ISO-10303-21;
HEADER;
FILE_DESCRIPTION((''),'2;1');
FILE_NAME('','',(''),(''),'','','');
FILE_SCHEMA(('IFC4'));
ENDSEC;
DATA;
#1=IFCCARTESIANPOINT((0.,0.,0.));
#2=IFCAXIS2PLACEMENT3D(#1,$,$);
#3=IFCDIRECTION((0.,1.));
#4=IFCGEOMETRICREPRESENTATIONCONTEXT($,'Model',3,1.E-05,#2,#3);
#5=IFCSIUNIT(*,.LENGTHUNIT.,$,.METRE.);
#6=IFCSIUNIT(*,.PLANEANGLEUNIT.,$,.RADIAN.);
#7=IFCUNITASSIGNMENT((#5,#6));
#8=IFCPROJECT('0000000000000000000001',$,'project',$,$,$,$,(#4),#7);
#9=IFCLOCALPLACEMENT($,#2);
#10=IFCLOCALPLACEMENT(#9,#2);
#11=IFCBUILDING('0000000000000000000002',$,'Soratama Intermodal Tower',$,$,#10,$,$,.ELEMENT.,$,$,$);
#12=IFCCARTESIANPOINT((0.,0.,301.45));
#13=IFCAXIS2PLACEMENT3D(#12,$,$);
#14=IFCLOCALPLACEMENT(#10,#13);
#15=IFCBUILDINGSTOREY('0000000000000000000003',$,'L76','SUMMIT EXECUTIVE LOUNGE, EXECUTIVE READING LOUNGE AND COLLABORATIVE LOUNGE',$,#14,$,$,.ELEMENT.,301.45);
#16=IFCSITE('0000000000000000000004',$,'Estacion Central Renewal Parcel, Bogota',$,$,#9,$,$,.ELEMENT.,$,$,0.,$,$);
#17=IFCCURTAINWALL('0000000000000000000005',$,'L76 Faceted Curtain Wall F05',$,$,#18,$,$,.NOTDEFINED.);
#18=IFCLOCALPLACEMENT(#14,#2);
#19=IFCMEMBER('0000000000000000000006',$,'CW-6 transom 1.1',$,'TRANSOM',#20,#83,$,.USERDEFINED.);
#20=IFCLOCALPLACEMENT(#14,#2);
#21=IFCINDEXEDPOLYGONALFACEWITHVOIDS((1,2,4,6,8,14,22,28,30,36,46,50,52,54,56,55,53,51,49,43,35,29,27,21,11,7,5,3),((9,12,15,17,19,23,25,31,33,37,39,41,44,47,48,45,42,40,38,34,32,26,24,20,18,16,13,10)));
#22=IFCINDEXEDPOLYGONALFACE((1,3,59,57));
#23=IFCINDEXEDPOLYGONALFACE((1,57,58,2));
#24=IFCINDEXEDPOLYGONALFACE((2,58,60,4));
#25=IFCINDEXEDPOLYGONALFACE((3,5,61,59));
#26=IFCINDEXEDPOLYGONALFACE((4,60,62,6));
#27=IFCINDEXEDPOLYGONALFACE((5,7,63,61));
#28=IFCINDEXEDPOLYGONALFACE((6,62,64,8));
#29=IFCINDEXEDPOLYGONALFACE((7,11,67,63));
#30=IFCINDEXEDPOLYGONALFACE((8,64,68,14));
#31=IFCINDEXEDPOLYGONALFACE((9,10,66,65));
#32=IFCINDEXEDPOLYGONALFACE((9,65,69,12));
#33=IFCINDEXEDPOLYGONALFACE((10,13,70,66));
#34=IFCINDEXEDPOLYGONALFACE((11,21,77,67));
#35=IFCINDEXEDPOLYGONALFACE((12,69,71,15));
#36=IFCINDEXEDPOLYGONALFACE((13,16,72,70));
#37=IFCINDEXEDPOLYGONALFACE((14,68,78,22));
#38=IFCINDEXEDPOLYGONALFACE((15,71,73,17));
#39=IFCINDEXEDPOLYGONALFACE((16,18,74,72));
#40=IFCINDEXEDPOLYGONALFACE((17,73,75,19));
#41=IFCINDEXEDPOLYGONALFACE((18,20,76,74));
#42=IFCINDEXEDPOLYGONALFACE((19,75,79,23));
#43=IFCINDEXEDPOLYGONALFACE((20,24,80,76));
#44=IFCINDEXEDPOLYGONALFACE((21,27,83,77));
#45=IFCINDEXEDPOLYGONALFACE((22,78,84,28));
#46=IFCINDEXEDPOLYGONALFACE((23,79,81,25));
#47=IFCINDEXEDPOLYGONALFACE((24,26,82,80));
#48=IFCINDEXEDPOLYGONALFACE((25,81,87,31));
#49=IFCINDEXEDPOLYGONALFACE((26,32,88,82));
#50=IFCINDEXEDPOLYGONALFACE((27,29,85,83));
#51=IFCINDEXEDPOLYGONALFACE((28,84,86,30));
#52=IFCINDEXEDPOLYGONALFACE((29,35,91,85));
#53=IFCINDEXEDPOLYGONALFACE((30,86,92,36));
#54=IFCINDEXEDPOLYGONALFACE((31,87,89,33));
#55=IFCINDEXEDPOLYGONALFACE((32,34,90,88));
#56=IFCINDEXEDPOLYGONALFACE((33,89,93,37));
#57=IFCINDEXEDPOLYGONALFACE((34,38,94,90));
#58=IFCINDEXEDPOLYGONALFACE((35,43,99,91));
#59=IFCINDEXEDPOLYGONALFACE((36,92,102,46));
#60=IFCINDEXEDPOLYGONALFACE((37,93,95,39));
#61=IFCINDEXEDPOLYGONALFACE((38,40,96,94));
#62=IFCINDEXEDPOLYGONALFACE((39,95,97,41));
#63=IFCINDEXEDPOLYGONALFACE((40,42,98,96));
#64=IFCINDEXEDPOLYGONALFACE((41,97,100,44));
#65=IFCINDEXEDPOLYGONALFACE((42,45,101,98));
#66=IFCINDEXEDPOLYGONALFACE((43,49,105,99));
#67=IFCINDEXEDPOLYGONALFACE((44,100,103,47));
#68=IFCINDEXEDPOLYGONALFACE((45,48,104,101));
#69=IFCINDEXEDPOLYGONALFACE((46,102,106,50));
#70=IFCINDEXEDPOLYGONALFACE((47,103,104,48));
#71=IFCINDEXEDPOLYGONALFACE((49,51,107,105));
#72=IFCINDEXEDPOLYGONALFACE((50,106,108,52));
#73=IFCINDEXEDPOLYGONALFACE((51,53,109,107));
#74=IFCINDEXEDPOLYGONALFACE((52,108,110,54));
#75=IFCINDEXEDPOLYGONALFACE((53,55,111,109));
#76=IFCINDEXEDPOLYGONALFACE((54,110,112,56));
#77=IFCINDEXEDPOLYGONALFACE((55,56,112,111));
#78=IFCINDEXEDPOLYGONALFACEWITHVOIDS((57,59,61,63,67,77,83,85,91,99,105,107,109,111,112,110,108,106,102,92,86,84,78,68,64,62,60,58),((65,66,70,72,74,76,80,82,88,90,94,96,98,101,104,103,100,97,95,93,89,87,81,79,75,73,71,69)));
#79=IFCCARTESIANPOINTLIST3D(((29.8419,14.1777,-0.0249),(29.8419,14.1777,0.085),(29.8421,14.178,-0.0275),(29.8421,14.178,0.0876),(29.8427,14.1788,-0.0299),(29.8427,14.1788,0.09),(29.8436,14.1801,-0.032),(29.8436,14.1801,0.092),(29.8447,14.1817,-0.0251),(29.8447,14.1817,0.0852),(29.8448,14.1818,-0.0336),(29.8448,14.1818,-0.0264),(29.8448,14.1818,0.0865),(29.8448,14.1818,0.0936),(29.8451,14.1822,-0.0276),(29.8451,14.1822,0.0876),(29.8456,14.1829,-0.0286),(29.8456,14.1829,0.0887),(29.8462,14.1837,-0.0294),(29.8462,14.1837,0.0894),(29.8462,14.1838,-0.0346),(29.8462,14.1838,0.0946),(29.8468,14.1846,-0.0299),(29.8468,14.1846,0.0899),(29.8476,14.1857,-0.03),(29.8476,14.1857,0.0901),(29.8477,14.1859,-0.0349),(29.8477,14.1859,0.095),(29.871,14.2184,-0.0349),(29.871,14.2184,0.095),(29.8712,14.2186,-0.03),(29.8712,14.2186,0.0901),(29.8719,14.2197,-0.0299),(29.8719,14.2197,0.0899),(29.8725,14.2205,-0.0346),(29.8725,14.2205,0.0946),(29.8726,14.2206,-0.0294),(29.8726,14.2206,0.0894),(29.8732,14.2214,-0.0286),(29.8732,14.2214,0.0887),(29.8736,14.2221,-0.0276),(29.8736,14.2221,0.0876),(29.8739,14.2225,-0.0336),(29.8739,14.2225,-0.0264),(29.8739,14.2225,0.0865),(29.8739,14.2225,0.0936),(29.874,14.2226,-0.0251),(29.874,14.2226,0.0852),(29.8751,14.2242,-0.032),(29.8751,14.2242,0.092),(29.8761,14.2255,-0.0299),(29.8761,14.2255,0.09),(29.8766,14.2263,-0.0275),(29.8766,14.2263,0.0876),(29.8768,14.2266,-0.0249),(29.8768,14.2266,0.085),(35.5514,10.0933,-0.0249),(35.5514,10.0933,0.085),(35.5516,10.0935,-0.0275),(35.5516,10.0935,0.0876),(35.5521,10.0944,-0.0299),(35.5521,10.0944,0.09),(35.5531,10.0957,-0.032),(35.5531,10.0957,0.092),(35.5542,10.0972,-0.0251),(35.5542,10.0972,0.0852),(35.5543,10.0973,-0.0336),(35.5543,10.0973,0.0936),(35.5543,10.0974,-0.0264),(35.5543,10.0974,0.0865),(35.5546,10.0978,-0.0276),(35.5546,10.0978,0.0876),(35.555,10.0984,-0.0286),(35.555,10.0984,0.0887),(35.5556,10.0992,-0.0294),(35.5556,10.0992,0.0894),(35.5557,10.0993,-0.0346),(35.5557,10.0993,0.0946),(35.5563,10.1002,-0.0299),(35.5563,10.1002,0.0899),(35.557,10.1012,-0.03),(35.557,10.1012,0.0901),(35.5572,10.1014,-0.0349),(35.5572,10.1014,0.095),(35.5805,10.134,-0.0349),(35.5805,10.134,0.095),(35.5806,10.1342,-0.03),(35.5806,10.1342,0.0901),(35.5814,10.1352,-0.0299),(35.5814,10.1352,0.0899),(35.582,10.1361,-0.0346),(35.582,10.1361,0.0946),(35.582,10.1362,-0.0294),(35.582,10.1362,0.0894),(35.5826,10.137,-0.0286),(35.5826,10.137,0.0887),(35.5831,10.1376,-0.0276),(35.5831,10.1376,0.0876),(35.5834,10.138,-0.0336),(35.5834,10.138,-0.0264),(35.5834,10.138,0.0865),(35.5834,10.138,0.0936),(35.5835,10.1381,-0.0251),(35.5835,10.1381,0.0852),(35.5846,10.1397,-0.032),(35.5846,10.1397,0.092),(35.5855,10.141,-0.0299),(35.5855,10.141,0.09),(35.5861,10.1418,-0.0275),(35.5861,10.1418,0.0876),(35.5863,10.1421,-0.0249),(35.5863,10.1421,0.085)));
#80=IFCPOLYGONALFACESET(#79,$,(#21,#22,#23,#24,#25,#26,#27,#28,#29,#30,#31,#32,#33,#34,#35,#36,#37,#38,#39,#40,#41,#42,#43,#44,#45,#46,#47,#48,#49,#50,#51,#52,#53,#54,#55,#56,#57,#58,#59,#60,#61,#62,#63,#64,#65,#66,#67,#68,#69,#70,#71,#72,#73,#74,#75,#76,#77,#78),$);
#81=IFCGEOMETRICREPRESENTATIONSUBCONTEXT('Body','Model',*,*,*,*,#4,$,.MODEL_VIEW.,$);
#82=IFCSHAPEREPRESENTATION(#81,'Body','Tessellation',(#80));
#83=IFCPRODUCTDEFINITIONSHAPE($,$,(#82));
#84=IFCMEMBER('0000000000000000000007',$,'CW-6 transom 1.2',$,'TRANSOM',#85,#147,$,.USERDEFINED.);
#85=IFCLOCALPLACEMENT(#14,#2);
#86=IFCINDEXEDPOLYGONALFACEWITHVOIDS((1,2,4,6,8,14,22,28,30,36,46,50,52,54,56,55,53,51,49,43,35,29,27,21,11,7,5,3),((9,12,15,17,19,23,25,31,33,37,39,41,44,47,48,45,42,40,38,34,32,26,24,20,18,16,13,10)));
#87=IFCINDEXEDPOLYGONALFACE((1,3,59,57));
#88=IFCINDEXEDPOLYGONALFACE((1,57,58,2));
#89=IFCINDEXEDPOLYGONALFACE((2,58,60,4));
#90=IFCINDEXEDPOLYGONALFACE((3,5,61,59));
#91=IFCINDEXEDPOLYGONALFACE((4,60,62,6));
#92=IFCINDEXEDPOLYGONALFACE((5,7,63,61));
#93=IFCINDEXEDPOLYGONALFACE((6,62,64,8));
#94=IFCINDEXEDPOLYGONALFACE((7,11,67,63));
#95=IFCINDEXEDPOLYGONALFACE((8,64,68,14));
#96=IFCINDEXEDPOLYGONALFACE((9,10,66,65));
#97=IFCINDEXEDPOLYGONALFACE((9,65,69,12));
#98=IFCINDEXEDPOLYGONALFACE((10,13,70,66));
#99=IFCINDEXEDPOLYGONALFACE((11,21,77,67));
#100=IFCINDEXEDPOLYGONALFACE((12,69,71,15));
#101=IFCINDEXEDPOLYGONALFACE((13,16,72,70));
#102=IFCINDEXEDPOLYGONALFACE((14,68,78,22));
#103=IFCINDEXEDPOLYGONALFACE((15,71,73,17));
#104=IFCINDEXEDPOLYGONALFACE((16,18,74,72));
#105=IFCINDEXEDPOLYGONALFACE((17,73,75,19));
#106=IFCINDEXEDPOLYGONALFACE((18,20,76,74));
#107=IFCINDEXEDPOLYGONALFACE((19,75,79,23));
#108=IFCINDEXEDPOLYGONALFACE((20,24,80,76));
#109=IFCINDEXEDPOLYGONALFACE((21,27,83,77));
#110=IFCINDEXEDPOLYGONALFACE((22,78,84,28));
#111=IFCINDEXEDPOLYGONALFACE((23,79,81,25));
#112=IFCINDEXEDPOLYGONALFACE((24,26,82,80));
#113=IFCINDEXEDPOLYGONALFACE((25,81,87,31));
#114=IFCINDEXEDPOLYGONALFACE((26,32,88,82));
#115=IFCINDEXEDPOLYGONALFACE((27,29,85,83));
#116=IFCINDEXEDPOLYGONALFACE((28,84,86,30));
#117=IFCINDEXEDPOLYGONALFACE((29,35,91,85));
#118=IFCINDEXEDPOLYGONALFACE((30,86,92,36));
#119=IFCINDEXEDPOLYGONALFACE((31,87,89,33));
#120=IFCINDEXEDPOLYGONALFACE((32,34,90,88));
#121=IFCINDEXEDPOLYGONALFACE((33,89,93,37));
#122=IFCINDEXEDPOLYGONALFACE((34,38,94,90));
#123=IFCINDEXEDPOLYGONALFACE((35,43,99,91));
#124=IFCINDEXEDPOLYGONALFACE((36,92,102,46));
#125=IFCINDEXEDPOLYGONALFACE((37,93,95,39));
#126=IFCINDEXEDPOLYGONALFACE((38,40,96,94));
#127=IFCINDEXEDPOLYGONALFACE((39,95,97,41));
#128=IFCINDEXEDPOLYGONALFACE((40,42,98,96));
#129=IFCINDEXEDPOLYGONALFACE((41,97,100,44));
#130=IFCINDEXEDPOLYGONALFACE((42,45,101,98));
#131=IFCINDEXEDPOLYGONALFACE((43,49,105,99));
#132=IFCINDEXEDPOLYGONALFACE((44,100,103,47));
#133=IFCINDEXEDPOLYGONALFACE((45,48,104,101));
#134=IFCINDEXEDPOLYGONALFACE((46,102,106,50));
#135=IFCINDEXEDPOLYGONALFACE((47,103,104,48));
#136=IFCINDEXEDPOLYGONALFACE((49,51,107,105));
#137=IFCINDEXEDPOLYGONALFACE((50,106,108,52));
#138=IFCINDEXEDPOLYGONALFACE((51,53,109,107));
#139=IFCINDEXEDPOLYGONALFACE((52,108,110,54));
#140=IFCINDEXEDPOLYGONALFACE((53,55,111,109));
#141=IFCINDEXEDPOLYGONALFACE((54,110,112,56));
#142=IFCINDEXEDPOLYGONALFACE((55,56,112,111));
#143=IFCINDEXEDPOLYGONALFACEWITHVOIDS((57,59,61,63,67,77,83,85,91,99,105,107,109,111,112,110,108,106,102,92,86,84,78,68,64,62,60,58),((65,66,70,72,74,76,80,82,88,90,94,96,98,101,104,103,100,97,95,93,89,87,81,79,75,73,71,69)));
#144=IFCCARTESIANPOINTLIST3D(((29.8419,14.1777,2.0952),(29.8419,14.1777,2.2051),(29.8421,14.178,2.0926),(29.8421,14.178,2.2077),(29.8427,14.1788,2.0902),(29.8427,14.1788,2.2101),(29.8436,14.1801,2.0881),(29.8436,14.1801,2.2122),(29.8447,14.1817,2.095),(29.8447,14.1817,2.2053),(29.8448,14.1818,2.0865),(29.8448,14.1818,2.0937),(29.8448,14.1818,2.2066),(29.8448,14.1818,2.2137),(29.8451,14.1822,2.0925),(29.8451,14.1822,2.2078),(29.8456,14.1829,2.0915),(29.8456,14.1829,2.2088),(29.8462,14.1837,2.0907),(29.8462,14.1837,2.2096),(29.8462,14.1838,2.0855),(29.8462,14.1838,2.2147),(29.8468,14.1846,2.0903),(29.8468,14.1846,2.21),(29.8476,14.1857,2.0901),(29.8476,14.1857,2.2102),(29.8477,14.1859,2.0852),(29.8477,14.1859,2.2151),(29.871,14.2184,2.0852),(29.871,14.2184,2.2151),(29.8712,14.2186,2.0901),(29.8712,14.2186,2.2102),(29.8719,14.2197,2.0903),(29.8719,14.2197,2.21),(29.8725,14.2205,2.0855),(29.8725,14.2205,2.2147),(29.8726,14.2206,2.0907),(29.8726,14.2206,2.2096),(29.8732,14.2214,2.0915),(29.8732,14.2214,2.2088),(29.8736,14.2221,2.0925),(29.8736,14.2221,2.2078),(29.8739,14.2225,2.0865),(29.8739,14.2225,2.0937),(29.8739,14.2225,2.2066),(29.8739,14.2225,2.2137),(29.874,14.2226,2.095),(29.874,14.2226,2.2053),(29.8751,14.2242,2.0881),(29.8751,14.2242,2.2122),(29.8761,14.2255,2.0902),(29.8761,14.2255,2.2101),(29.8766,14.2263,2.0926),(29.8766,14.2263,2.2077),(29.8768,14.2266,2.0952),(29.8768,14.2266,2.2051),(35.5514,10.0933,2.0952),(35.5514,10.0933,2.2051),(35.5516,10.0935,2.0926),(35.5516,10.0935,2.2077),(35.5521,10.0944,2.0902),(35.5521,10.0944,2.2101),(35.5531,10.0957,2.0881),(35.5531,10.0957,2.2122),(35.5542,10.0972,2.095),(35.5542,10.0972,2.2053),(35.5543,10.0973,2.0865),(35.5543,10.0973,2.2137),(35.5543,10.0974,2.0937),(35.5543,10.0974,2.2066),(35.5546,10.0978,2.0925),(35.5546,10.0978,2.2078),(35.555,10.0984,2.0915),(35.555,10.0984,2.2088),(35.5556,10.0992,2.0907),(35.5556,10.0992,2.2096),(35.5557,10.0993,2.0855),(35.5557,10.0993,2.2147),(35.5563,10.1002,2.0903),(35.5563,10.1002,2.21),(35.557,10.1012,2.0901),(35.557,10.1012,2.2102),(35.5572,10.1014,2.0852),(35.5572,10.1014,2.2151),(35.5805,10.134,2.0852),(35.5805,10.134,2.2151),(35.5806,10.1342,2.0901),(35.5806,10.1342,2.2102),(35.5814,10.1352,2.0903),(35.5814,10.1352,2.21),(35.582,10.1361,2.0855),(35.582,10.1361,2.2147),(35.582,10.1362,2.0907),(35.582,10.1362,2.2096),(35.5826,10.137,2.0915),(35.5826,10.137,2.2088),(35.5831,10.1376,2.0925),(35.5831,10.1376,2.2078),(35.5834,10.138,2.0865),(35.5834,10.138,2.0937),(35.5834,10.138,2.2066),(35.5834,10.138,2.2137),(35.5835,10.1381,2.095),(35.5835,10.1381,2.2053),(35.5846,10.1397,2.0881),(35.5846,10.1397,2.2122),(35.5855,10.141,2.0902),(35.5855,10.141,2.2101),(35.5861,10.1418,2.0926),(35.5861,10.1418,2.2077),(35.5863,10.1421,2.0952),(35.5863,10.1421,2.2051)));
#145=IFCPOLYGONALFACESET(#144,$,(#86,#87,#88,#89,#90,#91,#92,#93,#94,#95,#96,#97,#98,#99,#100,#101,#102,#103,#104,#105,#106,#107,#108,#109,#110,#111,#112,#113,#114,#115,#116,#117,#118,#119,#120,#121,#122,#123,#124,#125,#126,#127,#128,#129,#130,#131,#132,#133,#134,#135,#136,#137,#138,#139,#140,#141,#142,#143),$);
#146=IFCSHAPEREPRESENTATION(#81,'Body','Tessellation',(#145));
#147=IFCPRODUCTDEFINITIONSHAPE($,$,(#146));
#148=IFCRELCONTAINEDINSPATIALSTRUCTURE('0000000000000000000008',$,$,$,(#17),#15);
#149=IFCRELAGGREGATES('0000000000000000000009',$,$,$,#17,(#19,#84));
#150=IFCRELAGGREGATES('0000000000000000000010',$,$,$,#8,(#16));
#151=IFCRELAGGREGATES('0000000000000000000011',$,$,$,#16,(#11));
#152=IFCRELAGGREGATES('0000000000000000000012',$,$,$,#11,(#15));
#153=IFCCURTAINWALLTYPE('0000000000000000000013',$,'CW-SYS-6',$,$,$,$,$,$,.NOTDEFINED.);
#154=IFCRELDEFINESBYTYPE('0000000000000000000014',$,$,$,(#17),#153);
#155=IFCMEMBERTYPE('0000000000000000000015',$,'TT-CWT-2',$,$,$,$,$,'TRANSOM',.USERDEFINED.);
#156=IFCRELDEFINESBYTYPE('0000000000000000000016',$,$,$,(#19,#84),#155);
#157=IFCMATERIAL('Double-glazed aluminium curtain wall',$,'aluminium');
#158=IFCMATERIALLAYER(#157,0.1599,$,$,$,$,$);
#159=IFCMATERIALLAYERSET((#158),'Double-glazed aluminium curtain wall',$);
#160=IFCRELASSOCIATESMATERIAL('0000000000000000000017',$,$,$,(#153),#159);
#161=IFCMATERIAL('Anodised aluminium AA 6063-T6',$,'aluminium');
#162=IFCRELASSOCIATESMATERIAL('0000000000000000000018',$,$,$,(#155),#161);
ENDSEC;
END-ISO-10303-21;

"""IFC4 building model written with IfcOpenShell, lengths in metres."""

from ifc_helpers import new_model, si_unit, direction, frame, origin, origin_2d, place, context, subcontext, project, spatial, hollow_rectangle, extrude, material, layer, layer_set, material_profile, profile_set, type_object, element, aggregate, save


model = new_model("IFC4")

# Units and contexts
model_context = context("Model", 3, precision=1e-05, world=origin(), true_north=direction((0.0, 1.0)))
body_context = subcontext(model_context, "Body", "Model", "MODEL_VIEW")
ifc_project = project(units=[si_unit("LENGTHUNIT", "METRE"), si_unit("PLANEANGLEUNIT", "RADIAN")], contexts=[model_context])

# Site, building, storey
site_placement = place(None, origin())
site = spatial("IfcSite", under=ifc_project, at=site_placement, Name="Estacion Central Renewal Parcel, Bogota", CompositionType="ELEMENT", RefElevation=0.0)
building_placement = place(site_placement, origin())
building = spatial("IfcBuilding", under=site, at=building_placement, Name="Soratama Intermodal Tower", CompositionType="ELEMENT")
storey_placement = place(building_placement, frame((0.0, 0.0, 301.45)))
storey = spatial("IfcBuildingStorey", under=building, at=storey_placement, Name="L76", Description="SUMMIT EXECUTIVE LOUNGE, EXECUTIVE READING LOUNGE AND COLLABORATIVE LOUNGE", CompositionType="ELEMENT", Elevation=301.45)

# Shared definitions
ifc_material_1 = material(Name="Double-glazed aluminium curtain wall", Category="aluminium")
ifc_layer_1 = layer(ifc_material_1, 0.1599)
ifc_layer_set_1 = layer_set([ifc_layer_1], Name="Double-glazed aluminium curtain wall")
curtain_wall_type = type_object("IfcCurtainWallType", Name="CW-SYS-6", PredefinedType="NOTDEFINED", material=ifc_layer_set_1)

# Curtain wall
curtain_wall_1_placement = place(storey_placement, origin())
curtain_wall_1 = element("IfcCurtainWall", 1, at=curtain_wall_1_placement, inside=storey, type_object=curtain_wall_type, Name="L76 Faceted Curtain Wall F05", PredefinedType="NOTDEFINED")

# Members
ifc_material_2 = material(Name="Anodised aluminium AA 6063-T6", Category="aluminium")
ifc_material_profile_1 = material_profile(ifc_material_2, hollow_rectangle(XDim=0.0601, YDim=0.1299, WallThickness=0.0049, InnerFilletRadius=0.0049, OuterFilletRadius=0.01, at=origin_2d()), Name="CWT130X60X5")
ifc_profile_set_1 = profile_set([ifc_material_profile_1], Name="Anodised aluminium AA 6063-T6")
member_type_1 = type_object("IfcMemberType", Name="TT-CWT-2", ElementType="TRANSOM", PredefinedType="USERDEFINED", material=ifc_profile_set_1)
member_1_placement = place(storey_placement, frame((29.8594, 14.2021, 0.03), z_axis=(0.81331, -0.58183, 0.0), x_axis=(0.58183, 0.81331, 0.0)))
member_1 = element("IfcMember", 2, at=member_1_placement, type_object=member_type_1, Name="CW-6 transom 1.1", ObjectType="TRANSOM", PredefinedType="USERDEFINED", context=body_context, shape_type="SweptSolid", body=[
    extrude(hollow_rectangle(XDim=0.0601, YDim=0.1299, WallThickness=0.0049, InnerFilletRadius=0.0049, OuterFilletRadius=0.01, at=origin_2d()), origin(), (0.0, 0.0, 1.0), 7.02),
])
member_2_placement = place(storey_placement, frame((29.8594, 14.2021, 2.1501), z_axis=(0.81331, -0.58183, 0.0), x_axis=(0.58183, 0.81331, 0.0)))
member_2 = element("IfcMember", 3, at=member_2_placement, type_object=member_type_1, Name="CW-6 transom 1.2", ObjectType="TRANSOM", PredefinedType="USERDEFINED", context=body_context, shape_type="SweptSolid", body=[
    extrude(hollow_rectangle(XDim=0.0601, YDim=0.1299, WallThickness=0.0049, InnerFilletRadius=0.0049, OuterFilletRadius=0.01, at=origin_2d()), origin(), (0.0, 0.0, 1.0), 7.02),
])
aggregate(curtain_wall_1, [member_1, member_2])

save(model, "model.ifc")
